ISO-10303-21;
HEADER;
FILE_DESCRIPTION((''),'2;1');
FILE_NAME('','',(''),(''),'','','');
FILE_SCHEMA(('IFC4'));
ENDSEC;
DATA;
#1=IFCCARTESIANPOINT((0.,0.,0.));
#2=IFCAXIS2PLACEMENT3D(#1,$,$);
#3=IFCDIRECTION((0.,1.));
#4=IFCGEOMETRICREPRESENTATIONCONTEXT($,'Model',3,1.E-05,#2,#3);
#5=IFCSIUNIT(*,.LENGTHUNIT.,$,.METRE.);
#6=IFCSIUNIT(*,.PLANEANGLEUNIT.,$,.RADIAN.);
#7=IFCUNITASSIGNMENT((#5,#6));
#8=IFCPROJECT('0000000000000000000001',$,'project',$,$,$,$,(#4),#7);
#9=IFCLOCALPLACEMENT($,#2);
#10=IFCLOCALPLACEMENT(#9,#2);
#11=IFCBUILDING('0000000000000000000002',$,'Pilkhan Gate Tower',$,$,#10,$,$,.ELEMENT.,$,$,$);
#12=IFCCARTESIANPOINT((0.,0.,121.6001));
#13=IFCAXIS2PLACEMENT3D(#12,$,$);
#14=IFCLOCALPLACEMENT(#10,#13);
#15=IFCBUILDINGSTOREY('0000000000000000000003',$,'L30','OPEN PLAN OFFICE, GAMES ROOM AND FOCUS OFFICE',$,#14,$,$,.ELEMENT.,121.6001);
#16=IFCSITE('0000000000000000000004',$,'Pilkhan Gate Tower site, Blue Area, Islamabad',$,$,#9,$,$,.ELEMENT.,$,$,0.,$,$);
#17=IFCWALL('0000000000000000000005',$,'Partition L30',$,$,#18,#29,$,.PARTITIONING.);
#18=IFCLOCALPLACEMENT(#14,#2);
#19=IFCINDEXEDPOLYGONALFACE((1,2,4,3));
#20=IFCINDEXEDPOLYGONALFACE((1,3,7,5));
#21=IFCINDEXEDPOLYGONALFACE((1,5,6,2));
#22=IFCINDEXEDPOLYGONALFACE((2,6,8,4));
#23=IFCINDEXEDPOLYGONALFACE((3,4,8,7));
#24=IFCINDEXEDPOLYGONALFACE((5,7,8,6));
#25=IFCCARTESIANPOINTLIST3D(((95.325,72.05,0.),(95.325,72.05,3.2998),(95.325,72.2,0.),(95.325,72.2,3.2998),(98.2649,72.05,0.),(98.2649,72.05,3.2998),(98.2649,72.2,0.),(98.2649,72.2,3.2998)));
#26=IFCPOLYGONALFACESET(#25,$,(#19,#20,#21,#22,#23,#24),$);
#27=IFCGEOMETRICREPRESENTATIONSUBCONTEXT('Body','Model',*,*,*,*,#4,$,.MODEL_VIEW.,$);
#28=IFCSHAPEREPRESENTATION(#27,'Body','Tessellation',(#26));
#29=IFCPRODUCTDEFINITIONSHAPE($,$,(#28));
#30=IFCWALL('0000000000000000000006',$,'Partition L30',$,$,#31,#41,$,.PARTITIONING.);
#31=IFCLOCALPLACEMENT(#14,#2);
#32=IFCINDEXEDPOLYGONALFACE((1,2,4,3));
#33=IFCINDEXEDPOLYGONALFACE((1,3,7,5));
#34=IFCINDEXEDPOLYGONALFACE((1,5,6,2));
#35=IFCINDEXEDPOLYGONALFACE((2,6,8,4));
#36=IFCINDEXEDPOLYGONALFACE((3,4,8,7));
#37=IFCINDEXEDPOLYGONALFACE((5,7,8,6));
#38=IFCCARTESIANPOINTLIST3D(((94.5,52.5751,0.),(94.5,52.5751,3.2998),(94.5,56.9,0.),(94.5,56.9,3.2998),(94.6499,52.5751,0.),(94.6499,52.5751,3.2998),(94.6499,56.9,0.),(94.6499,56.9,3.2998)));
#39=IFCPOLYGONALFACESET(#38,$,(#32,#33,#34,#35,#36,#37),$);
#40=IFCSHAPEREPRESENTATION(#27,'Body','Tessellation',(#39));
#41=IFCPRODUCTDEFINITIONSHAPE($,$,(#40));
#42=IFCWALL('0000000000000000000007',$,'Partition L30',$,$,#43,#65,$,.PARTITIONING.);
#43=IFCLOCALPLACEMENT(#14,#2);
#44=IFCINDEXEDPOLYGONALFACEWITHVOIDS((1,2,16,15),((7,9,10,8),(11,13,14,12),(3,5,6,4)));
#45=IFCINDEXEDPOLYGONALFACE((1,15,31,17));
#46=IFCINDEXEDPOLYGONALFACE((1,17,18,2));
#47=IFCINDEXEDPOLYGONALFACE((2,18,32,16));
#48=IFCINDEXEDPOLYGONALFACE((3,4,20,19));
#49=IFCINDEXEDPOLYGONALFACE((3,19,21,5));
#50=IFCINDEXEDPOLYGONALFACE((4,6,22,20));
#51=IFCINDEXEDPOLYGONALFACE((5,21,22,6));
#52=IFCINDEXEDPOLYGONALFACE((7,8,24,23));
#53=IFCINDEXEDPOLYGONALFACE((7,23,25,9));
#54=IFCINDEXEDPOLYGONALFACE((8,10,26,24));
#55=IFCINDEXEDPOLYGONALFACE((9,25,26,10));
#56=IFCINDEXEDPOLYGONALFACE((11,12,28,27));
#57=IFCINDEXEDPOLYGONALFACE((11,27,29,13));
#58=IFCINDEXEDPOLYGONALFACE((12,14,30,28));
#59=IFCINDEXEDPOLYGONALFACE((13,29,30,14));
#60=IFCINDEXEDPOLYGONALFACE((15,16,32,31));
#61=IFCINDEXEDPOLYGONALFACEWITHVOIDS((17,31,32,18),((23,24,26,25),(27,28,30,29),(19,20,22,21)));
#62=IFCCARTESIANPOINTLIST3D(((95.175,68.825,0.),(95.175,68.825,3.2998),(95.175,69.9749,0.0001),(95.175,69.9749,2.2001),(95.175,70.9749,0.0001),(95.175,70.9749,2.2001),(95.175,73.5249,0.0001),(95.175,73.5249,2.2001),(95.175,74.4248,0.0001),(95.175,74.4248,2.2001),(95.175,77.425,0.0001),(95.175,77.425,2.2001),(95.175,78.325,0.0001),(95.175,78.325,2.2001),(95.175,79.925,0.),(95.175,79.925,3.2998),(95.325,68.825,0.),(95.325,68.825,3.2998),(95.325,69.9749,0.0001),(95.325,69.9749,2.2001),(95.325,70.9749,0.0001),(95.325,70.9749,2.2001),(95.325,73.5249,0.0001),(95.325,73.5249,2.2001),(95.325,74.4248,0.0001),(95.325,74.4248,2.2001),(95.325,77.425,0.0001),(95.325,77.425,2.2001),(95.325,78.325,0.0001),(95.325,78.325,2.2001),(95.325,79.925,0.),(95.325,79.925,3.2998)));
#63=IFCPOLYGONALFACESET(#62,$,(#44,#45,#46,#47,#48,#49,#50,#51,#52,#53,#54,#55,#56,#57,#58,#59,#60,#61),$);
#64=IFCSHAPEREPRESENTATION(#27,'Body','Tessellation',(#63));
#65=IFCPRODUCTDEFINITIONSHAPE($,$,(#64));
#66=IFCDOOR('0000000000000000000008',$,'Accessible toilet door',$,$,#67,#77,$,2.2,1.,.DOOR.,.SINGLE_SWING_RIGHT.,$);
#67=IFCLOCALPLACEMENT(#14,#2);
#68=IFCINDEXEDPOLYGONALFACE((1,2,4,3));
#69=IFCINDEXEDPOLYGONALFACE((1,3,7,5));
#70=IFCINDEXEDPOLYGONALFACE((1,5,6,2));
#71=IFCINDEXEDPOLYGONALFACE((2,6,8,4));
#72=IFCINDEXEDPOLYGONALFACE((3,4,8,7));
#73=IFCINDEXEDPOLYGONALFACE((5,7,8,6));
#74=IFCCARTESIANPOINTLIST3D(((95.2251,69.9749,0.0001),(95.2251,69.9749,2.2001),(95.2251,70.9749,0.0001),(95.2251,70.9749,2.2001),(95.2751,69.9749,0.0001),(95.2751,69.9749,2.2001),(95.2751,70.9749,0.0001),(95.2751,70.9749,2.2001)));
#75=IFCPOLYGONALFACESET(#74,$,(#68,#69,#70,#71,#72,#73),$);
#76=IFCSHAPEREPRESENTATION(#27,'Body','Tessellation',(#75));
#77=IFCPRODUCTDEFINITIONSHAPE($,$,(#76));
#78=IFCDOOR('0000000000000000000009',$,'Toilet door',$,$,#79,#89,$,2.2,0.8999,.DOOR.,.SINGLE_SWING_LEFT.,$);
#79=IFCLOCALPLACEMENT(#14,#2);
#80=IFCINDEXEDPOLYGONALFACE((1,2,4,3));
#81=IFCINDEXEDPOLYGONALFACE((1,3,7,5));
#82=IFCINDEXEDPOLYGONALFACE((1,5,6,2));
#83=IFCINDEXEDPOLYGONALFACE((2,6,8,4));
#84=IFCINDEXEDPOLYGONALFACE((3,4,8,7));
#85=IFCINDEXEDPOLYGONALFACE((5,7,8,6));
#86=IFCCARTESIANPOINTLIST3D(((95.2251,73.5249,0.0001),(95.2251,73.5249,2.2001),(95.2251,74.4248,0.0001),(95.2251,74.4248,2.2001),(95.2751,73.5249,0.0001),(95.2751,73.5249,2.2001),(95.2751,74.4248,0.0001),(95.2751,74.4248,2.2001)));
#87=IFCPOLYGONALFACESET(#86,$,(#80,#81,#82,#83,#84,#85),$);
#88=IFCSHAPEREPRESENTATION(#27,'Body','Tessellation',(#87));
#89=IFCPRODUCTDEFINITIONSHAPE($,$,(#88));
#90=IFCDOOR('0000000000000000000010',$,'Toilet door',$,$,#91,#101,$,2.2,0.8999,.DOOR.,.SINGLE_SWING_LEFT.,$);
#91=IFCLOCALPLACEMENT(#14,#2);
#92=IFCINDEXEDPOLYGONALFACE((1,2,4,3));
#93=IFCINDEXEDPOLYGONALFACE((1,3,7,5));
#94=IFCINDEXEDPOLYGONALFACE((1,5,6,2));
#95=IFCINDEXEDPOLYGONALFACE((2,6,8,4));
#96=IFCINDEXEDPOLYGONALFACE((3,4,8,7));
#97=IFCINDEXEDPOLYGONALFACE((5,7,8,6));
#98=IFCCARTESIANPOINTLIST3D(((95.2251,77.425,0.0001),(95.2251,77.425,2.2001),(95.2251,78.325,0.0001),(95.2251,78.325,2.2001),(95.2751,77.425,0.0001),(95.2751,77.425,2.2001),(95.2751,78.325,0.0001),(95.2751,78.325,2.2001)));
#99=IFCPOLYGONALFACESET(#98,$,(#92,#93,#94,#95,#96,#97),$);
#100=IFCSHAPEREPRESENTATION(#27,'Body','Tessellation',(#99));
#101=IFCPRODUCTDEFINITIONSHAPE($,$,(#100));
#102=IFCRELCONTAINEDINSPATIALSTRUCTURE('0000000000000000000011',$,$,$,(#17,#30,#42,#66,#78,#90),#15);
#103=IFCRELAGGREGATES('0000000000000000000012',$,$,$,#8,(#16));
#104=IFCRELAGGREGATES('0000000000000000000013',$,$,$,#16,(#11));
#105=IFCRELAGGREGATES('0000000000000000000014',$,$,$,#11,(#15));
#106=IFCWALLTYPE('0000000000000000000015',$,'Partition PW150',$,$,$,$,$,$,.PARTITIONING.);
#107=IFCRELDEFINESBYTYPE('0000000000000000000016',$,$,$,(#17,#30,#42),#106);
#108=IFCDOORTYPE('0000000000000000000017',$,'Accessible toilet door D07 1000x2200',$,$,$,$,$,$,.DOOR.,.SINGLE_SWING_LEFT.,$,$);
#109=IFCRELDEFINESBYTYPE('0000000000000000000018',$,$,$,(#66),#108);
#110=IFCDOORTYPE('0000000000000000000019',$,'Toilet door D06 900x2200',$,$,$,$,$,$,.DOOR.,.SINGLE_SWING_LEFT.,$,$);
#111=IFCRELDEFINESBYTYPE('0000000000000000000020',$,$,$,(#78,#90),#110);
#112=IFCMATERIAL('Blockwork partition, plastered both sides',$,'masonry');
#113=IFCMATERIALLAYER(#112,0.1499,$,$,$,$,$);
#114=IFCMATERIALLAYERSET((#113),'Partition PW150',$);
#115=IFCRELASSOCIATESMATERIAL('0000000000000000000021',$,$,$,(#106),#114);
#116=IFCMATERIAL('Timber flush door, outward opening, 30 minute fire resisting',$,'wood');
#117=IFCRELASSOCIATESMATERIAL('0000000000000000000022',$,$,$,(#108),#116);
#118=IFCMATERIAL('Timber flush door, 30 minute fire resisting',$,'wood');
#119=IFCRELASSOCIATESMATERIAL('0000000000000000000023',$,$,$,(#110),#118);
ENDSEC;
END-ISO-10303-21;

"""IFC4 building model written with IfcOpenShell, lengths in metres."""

from ifc_helpers import new_model, si_unit, direction, frame, frame_2d, origin, place, context, subcontext, project, spatial, rectangle, extrude, material, layer, layer_set, type_object, element, fill, save


model = new_model("IFC4")

# Units and contexts
model_context = context("Model", 3, precision=1e-05, world=origin(), true_north=direction((0.0, 1.0)))
body_context = subcontext(model_context, "Body", "Model", "MODEL_VIEW")
ifc_project = project(units=[si_unit("LENGTHUNIT", "METRE"), si_unit("PLANEANGLEUNIT", "RADIAN")], contexts=[model_context])

# Site, building, storey
site_placement = place(None, origin())
site = spatial("IfcSite", under=ifc_project, at=site_placement, Name="Pilkhan Gate Tower site, Blue Area, Islamabad", CompositionType="ELEMENT", RefElevation=0.0)
building_placement = place(site_placement, origin())
building = spatial("IfcBuilding", under=site, at=building_placement, Name="Pilkhan Gate Tower", CompositionType="ELEMENT")
storey_placement = place(building_placement, frame((0.0, 0.0, 121.6001)))
storey = spatial("IfcBuildingStorey", under=building, at=storey_placement, Name="L30", Description="OPEN PLAN OFFICE, GAMES ROOM AND FOCUS OFFICE", CompositionType="ELEMENT", Elevation=121.6001)

# Walls
ifc_material_1 = material(Name="Blockwork partition, plastered both sides", Category="masonry")
ifc_layer_1 = layer(ifc_material_1, 0.1499)
ifc_layer_set_1 = layer_set([ifc_layer_1], Name="Partition PW150")
wall_type = type_object("IfcWallType", Name="Partition PW150", PredefinedType="PARTITIONING", material=ifc_layer_set_1)
wall_1_placement = place(storey_placement, frame((95.325, 72.125, 0.0), z_axis=(0.0, 0.0, 1.0), x_axis=(1.0, 0.0, 0.0)))
element("IfcWall", 1, at=wall_1_placement, inside=storey, type_object=wall_type, Name="Partition L30", PredefinedType="PARTITIONING", context=body_context, shape_type="SweptSolid", body=[
    extrude(rectangle(XDim=2.9399, YDim=0.1499, at=frame_2d((1.47, 0.0))), origin(), (0.0, 0.0, 1.0), 3.2998),
])
wall_2_placement = place(storey_placement, frame((94.575, 52.575, 0.0), z_axis=(0.0, 0.0, 1.0), x_axis=(0.0, 1.0, 0.0)))
element("IfcWall", 2, at=wall_2_placement, inside=storey, type_object=wall_type, Name="Partition L30", PredefinedType="PARTITIONING", context=body_context, shape_type="SweptSolid", body=[
    extrude(rectangle(XDim=4.325, YDim=0.1499, at=frame_2d((2.1626, 0.0))), origin(), (0.0, 0.0, 1.0), 3.2998),
])

# Wall, openings, doors
wall_3_placement = place(storey_placement, frame((95.25, 68.825, 0.0), z_axis=(0.0, 0.0, 1.0), x_axis=(0.0, 1.0, 0.0)))
wall_3 = element("IfcWall", 3, at=wall_3_placement, inside=storey, type_object=wall_type, Name="Partition L30", PredefinedType="PARTITIONING", context=body_context, shape_type="SweptSolid", body=[
    extrude(rectangle(XDim=11.1001, YDim=0.1499, at=frame_2d((5.55, 0.0))), origin(), (0.0, 0.0, 1.0), 3.2998),
])
opening_1_placement = place(wall_3_placement, frame((1.1499, 0.0, 0.0)))
opening_1 = element("IfcOpeningElement", 4, at=opening_1_placement, cuts=wall_3, PredefinedType="OPENING", context=body_context, shape_type="SweptSolid", body=[
    extrude(rectangle(XDim=1.0, YDim=2.2, at=frame_2d((0.5, 1.1001))), frame((0.0, 0.085, 0.0), z_axis=(0.0, -1.0, 0.0), x_axis=(1.0, 0.0, 0.0)), (0.0, 0.0, 1.0), 0.1699),
])
opening_2_placement = place(wall_3_placement, frame((4.7, 0.0, 0.0)))
opening_2 = element("IfcOpeningElement", 5, at=opening_2_placement, cuts=wall_3, PredefinedType="OPENING", context=body_context, shape_type="SweptSolid", body=[
    extrude(rectangle(XDim=0.8999, YDim=2.2, at=frame_2d((0.45, 1.1001))), frame((0.0, 0.085, 0.0), z_axis=(0.0, -1.0, 0.0), x_axis=(1.0, 0.0, 0.0)), (0.0, 0.0, 1.0), 0.1699),
])
opening_3_placement = place(wall_3_placement, frame((8.6001, 0.0, 0.0)))
opening_3 = element("IfcOpeningElement", 6, at=opening_3_placement, cuts=wall_3, PredefinedType="OPENING", context=body_context, shape_type="SweptSolid", body=[
    extrude(rectangle(XDim=0.8999, YDim=2.2, at=frame_2d((0.45, 1.1001))), frame((0.0, 0.085, 0.0), z_axis=(0.0, -1.0, 0.0), x_axis=(1.0, 0.0, 0.0)), (0.0, 0.0, 1.0), 0.1699),
])
ifc_material_2 = material(Name="Timber flush door, outward opening, 30 minute fire resisting", Category="wood")
door_type_1 = type_object("IfcDoorType", Name="Accessible toilet door D07 1000x2200", OperationType="SINGLE_SWING_LEFT", PredefinedType="DOOR", material=ifc_material_2)
door_1_placement = place(opening_1_placement, origin())
door_1 = element("IfcDoor", 7, at=door_1_placement, inside=storey, type_object=door_type_1, Name="Accessible toilet door", OperationType="SINGLE_SWING_RIGHT", OverallHeight=2.2, OverallWidth=1.0, PredefinedType="DOOR", context=body_context, shape_type="SweptSolid", body=[
    extrude(rectangle(XDim=1.0, YDim=2.2, at=frame_2d((0.5, 1.1001))), frame((0.0, 0.0249, 0.0), z_axis=(0.0, -1.0, 0.0), x_axis=(1.0, 0.0, 0.0)), (0.0, 0.0, 1.0), 0.05),
])
fill(opening_1, door_1)
ifc_material_3 = material(Name="Timber flush door, 30 minute fire resisting", Category="wood")
door_type_2 = type_object("IfcDoorType", Name="Toilet door D06 900x2200", OperationType="SINGLE_SWING_LEFT", PredefinedType="DOOR", material=ifc_material_3)
door_2_placement = place(opening_2_placement, origin())
door_2 = element("IfcDoor", 8, at=door_2_placement, inside=storey, type_object=door_type_2, Name="Toilet door", OperationType="SINGLE_SWING_LEFT", OverallHeight=2.2, OverallWidth=0.8999, PredefinedType="DOOR", context=body_context, shape_type="SweptSolid", body=[
    extrude(rectangle(XDim=0.8999, YDim=2.2, at=frame_2d((0.45, 1.1001))), frame((0.0, 0.0249, 0.0), z_axis=(0.0, -1.0, 0.0), x_axis=(1.0, 0.0, 0.0)), (0.0, 0.0, 1.0), 0.05),
])
fill(opening_2, door_2)
door_3_placement = place(opening_3_placement, origin())
door_3 = element("IfcDoor", 9, at=door_3_placement, inside=storey, type_object=door_type_2, Name="Toilet door", OperationType="SINGLE_SWING_LEFT", OverallHeight=2.2, OverallWidth=0.8999, PredefinedType="DOOR", context=body_context, shape_type="SweptSolid", body=[
    extrude(rectangle(XDim=0.8999, YDim=2.2, at=frame_2d((0.45, 1.1001))), frame((0.0, 0.0249, 0.0), z_axis=(0.0, -1.0, 0.0), x_axis=(1.0, 0.0, 0.0)), (0.0, 0.0, 1.0), 0.05),
])
fill(opening_3, door_3)

save(model, "model.ifc")
